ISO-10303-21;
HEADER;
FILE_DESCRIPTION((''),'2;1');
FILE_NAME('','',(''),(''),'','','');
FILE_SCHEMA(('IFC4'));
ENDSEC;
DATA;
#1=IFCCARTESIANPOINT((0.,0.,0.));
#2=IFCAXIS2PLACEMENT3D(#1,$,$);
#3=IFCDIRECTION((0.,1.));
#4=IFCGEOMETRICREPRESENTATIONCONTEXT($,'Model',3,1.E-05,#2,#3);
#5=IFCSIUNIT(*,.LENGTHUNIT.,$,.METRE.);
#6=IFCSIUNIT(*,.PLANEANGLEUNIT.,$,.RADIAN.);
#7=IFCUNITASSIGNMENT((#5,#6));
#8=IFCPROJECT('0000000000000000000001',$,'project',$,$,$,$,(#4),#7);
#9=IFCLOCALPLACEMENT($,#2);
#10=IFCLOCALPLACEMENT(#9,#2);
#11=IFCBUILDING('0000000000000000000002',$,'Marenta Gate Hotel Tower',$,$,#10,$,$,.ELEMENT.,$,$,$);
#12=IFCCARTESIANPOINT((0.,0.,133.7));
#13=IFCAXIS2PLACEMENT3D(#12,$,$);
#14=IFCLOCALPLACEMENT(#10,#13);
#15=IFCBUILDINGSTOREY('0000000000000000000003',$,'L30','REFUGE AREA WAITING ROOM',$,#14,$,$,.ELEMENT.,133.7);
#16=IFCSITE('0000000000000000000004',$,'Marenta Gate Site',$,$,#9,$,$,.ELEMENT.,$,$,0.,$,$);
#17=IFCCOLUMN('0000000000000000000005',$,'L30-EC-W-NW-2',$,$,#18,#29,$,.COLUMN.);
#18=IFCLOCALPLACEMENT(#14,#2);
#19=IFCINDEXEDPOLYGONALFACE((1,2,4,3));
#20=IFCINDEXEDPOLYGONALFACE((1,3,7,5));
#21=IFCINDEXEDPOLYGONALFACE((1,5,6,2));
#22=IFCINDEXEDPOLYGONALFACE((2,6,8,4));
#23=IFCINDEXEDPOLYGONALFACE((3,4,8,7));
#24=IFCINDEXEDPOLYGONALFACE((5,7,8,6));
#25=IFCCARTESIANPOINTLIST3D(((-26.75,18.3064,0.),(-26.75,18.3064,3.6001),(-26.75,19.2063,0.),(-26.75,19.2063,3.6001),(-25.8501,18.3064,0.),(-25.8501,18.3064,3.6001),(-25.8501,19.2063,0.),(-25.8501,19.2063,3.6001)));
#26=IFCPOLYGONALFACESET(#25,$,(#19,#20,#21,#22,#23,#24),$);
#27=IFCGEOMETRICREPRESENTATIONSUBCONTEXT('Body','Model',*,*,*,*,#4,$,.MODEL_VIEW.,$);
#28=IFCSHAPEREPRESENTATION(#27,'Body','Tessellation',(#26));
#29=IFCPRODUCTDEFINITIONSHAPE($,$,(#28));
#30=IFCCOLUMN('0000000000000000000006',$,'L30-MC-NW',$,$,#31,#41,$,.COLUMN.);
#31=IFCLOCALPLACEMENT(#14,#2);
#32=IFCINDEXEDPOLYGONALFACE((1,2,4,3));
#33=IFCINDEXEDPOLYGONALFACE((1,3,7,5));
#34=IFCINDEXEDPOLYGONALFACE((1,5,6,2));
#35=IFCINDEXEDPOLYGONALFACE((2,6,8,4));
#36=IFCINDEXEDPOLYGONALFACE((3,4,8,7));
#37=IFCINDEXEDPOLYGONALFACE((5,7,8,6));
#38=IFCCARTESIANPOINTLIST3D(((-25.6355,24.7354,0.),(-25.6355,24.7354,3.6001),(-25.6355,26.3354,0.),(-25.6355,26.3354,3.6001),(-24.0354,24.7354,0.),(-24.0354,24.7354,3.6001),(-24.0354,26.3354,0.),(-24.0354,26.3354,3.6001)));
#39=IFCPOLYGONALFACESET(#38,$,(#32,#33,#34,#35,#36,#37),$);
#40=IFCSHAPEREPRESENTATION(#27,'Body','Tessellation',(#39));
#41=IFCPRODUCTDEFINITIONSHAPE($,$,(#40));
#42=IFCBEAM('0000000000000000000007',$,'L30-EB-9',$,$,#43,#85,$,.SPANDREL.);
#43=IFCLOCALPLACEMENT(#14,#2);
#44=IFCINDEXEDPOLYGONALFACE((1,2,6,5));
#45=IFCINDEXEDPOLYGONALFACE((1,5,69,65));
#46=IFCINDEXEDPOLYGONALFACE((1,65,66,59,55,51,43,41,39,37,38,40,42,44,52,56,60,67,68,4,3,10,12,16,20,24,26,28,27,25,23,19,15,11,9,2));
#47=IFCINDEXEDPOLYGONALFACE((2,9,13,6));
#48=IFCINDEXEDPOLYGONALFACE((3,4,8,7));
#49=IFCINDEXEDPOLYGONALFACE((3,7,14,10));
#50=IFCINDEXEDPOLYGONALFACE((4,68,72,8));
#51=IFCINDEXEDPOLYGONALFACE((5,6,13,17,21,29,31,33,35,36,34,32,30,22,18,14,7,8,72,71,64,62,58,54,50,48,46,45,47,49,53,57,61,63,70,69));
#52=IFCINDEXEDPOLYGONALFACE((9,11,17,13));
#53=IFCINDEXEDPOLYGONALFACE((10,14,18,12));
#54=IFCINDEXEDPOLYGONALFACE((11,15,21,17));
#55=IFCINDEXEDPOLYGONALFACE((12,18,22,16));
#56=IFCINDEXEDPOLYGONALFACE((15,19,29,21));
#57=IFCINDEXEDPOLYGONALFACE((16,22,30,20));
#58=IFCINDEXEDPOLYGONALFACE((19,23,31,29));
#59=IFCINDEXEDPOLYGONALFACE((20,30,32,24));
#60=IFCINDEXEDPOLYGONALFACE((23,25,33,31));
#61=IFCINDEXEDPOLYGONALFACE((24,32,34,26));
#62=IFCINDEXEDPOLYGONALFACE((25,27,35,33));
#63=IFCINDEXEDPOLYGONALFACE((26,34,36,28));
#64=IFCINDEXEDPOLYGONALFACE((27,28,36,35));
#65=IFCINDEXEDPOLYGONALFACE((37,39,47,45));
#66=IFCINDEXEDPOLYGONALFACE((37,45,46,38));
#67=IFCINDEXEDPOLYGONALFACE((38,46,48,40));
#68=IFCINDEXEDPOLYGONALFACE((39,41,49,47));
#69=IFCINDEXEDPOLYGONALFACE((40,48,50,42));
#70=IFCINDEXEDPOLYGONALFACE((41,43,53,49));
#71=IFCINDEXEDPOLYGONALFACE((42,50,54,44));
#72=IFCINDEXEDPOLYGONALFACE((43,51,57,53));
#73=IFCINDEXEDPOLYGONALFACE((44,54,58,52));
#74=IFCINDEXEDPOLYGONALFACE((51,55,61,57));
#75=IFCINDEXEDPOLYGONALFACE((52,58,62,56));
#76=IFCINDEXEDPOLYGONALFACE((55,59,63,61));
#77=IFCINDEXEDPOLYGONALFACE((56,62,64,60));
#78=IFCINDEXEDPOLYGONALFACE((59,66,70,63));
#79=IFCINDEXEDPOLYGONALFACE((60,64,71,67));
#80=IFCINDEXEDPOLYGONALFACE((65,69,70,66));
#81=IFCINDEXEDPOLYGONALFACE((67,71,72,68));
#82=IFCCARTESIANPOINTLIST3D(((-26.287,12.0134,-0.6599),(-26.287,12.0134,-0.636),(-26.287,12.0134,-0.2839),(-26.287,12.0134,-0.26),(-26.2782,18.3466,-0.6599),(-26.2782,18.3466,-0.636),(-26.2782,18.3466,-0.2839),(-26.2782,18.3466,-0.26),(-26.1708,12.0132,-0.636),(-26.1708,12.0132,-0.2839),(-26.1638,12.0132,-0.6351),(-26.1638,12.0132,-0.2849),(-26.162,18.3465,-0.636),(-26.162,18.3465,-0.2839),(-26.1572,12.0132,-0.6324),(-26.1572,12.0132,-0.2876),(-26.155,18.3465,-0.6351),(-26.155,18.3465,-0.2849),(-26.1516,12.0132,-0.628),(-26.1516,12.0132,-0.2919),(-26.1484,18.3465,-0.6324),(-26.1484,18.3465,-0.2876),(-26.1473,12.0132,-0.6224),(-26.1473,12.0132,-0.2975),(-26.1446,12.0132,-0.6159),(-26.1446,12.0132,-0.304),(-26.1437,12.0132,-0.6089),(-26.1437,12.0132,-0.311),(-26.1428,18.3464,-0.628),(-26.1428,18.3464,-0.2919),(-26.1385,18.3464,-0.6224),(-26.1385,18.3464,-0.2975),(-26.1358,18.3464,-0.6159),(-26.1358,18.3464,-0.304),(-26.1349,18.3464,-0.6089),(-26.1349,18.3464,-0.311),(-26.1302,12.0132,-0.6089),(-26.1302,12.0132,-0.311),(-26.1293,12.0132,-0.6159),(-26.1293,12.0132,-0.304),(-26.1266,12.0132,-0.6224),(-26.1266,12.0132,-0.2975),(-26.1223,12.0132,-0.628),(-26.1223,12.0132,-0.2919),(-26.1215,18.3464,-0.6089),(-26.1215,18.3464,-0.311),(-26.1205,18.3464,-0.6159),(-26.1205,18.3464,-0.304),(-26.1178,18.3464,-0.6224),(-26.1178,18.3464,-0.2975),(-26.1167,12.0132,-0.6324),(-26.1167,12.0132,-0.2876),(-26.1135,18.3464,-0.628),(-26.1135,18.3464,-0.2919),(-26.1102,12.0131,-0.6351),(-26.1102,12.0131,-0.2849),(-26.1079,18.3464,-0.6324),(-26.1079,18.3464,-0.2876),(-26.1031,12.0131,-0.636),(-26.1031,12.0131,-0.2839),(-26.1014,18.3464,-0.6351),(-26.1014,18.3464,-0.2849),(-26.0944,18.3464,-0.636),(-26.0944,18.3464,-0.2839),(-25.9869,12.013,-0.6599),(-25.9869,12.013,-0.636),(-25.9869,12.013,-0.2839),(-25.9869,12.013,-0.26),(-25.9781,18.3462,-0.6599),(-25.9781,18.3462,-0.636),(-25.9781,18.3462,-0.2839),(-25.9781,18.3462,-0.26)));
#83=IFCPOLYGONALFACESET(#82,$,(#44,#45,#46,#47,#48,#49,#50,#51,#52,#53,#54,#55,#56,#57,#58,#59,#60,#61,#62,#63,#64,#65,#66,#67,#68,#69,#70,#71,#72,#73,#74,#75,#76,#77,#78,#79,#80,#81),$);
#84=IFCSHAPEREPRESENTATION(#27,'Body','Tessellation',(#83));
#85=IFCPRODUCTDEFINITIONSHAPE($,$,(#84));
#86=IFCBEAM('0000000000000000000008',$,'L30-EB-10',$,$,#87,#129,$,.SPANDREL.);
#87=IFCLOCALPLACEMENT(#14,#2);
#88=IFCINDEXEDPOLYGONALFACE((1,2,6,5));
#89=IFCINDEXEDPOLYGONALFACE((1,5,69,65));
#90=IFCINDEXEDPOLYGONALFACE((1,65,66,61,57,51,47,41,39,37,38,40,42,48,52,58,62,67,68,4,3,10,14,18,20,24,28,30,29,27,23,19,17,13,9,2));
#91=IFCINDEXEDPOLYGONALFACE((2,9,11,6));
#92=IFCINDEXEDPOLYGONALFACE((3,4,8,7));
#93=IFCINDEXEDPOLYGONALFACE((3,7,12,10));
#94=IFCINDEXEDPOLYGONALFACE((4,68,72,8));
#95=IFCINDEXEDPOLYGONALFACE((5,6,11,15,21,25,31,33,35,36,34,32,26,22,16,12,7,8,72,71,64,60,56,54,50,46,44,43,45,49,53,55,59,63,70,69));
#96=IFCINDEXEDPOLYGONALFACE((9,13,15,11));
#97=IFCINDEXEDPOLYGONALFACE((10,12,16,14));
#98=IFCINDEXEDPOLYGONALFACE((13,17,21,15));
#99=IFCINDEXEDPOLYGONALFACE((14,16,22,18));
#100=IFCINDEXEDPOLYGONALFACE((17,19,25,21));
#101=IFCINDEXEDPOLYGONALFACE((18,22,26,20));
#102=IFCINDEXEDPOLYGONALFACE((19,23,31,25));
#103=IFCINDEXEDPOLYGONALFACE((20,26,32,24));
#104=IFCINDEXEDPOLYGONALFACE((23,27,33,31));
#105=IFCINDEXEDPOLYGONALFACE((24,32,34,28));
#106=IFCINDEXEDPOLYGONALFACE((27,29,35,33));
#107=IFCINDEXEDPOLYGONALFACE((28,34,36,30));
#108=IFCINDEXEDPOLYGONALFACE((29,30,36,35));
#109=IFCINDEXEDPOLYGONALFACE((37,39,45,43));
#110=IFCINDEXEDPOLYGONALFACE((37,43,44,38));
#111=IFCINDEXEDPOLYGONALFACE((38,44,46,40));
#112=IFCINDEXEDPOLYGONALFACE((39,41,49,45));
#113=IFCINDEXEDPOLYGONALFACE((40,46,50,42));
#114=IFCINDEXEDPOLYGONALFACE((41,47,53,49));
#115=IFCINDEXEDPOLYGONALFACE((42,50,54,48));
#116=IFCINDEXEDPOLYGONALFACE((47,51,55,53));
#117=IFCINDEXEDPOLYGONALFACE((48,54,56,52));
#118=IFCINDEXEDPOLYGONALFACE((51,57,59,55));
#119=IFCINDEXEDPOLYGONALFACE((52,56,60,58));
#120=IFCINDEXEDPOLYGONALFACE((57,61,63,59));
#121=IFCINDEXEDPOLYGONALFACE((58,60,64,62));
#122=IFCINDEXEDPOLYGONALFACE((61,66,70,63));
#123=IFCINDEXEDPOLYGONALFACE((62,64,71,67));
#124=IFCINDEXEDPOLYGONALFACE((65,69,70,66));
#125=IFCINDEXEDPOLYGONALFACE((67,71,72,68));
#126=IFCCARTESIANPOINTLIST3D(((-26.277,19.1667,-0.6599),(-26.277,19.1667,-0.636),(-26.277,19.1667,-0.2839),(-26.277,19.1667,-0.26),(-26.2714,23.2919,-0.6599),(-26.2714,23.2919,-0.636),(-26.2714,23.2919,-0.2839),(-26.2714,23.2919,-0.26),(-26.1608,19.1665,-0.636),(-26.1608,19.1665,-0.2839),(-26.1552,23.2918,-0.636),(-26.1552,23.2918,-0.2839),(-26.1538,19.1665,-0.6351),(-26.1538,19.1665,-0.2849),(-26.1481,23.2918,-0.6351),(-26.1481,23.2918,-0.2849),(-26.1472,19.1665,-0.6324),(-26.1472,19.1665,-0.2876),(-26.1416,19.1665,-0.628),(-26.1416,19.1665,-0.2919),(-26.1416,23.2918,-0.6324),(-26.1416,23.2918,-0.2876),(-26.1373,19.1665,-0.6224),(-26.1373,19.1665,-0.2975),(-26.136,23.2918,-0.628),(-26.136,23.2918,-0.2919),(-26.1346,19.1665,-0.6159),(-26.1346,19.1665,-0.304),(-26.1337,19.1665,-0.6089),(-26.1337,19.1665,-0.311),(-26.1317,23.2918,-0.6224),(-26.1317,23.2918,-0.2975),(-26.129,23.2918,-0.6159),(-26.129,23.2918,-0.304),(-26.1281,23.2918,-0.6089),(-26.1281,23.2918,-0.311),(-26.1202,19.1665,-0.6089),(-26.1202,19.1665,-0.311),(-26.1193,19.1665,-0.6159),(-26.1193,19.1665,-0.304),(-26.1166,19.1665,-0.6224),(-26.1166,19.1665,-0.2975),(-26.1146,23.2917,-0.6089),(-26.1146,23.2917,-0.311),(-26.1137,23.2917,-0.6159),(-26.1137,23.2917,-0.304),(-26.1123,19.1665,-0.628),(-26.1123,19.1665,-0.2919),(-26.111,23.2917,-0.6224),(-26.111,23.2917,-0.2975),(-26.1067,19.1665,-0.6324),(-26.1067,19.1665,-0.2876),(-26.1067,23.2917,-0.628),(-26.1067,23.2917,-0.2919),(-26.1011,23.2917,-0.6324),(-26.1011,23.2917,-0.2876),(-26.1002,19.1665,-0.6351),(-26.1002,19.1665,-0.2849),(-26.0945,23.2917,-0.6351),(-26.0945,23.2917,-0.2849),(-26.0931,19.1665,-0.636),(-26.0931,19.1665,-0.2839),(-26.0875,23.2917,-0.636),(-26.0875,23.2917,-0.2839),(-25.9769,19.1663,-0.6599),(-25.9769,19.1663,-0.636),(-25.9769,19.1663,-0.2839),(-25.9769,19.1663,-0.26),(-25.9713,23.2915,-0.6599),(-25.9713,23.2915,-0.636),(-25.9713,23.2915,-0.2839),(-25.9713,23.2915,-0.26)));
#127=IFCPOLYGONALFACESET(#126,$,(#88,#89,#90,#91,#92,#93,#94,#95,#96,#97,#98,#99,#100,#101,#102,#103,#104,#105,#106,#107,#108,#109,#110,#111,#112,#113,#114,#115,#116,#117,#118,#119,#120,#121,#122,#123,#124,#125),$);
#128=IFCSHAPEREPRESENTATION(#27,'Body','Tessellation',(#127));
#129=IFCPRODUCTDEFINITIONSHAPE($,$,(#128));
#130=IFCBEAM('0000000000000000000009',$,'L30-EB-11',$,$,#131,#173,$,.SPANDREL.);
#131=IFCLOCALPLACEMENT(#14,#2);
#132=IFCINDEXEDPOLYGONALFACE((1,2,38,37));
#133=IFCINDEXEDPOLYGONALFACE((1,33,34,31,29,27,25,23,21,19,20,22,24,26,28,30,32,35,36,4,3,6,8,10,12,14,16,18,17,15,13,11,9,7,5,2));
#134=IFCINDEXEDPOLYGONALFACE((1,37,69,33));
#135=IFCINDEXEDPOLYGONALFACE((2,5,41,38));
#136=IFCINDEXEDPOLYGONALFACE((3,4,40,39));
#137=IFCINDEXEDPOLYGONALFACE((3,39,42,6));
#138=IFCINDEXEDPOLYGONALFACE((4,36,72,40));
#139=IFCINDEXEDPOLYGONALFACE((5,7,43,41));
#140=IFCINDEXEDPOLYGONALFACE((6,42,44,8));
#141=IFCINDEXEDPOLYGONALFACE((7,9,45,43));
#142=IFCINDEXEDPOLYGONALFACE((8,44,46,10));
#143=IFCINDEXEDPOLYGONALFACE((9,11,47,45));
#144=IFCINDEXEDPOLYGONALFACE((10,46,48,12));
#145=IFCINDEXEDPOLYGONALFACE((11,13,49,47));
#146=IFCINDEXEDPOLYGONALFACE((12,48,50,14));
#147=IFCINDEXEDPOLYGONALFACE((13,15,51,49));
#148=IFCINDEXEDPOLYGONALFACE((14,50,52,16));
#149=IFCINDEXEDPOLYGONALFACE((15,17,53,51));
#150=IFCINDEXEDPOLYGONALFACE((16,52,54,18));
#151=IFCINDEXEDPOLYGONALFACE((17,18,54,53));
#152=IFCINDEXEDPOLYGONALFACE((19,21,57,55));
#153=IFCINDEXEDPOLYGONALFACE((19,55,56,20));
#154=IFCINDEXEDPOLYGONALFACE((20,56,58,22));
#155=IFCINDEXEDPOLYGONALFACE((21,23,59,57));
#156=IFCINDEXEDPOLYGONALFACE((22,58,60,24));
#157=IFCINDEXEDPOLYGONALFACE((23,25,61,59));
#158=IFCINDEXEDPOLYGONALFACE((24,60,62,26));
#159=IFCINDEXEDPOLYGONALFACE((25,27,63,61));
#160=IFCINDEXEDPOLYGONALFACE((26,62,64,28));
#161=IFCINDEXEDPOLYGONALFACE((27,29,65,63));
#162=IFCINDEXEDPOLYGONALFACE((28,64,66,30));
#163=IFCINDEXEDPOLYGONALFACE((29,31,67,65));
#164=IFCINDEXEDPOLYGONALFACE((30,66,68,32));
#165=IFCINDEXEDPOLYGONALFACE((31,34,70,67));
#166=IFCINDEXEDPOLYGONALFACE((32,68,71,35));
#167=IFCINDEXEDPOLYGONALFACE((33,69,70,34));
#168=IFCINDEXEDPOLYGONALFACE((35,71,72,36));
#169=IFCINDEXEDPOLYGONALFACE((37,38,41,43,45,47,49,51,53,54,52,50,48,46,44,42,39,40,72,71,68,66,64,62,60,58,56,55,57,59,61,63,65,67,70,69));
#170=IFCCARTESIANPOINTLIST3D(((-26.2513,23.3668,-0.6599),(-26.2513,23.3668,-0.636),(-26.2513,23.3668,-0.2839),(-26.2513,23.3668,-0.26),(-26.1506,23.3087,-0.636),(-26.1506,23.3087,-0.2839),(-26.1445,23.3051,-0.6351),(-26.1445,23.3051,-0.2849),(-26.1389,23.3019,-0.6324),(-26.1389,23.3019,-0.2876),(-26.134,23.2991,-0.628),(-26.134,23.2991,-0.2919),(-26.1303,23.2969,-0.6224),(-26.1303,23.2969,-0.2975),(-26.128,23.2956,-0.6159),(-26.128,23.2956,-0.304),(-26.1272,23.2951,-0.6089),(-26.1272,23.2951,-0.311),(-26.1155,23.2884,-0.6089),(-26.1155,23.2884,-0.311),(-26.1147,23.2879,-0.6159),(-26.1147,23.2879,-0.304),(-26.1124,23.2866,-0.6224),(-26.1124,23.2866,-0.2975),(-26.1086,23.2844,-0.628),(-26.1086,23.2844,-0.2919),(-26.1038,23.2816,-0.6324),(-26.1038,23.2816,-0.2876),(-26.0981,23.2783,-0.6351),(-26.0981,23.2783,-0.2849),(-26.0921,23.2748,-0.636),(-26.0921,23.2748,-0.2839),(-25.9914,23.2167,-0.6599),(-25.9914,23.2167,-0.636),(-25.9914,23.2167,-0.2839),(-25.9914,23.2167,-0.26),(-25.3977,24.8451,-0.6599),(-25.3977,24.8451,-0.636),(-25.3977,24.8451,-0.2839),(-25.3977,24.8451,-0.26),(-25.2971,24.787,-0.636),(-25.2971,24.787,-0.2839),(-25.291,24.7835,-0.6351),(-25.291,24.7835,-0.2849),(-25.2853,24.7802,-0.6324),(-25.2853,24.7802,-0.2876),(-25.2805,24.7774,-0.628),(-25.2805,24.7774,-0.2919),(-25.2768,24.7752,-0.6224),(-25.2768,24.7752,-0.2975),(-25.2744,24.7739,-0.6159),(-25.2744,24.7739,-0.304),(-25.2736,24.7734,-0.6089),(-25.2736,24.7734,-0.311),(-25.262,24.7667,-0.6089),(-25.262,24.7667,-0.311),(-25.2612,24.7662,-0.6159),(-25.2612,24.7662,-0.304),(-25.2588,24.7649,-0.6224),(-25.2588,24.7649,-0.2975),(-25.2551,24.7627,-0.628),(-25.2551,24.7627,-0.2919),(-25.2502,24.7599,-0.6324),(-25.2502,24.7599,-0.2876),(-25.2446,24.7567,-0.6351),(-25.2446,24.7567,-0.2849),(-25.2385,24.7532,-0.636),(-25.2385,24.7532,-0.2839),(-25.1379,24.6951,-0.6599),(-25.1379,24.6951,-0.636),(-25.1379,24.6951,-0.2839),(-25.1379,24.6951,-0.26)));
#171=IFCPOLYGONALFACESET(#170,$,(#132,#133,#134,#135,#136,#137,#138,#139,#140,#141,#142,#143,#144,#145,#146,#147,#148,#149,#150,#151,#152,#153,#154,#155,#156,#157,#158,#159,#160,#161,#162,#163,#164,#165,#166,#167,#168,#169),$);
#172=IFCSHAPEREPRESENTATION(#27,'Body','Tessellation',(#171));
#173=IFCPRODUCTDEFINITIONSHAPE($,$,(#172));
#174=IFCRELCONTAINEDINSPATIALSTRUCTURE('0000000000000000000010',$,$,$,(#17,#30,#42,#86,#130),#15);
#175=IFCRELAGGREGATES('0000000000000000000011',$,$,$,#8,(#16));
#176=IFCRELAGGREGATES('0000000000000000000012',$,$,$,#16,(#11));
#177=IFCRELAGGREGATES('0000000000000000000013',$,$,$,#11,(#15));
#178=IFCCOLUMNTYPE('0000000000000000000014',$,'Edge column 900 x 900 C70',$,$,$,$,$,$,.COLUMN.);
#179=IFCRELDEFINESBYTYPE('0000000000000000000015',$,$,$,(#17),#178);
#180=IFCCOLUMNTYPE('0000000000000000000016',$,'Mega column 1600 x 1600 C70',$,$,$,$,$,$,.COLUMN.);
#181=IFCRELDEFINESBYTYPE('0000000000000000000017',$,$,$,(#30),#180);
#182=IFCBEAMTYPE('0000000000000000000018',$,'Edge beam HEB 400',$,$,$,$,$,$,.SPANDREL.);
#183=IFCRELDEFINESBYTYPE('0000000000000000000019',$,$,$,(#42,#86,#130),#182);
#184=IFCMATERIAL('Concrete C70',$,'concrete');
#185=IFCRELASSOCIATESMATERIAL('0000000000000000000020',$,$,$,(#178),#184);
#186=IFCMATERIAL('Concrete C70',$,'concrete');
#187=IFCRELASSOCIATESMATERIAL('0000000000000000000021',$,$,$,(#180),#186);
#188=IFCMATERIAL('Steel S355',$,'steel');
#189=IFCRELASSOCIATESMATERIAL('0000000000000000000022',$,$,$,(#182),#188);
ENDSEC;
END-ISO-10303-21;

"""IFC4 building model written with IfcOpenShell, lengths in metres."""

from ifc_helpers import new_model, si_unit, direction, frame, origin, origin_2d, place, context, subcontext, project, spatial, rectangle, i_section, extrude, material, material_profile, profile_set, type_object, element, save


model = new_model("IFC4")

# Units and contexts
model_context = context("Model", 3, precision=1e-05, world=origin(), true_north=direction((0.0, 1.0)))
body_context = subcontext(model_context, "Body", "Model", "MODEL_VIEW")
ifc_project = project(units=[si_unit("LENGTHUNIT", "METRE"), si_unit("PLANEANGLEUNIT", "RADIAN")], contexts=[model_context])

# Site, building, storey
site_placement = place(None, origin())
site = spatial("IfcSite", under=ifc_project, at=site_placement, Name="Marenta Gate Site", CompositionType="ELEMENT", RefElevation=0.0)
building_placement = place(site_placement, origin())
building = spatial("IfcBuilding", under=site, at=building_placement, Name="Marenta Gate Hotel Tower", CompositionType="ELEMENT")
storey_placement = place(building_placement, frame((0.0, 0.0, 133.7)))
storey = spatial("IfcBuildingStorey", under=building, at=storey_placement, Name="L30", Description="REFUGE AREA WAITING ROOM", CompositionType="ELEMENT", Elevation=133.7)

# Columns
ifc_material_1 = material(Name="Concrete C70", Category="concrete")
ifc_material_profile_1 = material_profile(ifc_material_1, rectangle(XDim=0.8999, YDim=0.8999, at=origin_2d()), Name="900 x 900")
ifc_profile_set_1 = profile_set([ifc_material_profile_1], Name="Concrete C70")
column_type_1 = type_object("IfcColumnType", Name="Edge column 900 x 900 C70", PredefinedType="COLUMN", material=ifc_profile_set_1)
column_1_placement = place(storey_placement, frame((-26.3, 18.7563, 0.0), z_axis=(0.0, 0.0, 1.0), x_axis=(1.0, 0.0, 0.0)))
element("IfcColumn", 1, at=column_1_placement, inside=storey, type_object=column_type_1, Name="L30-EC-W-NW-2", PredefinedType="COLUMN", context=body_context, shape_type="SweptSolid", body=[
    extrude(rectangle(XDim=0.8999, YDim=0.8999, at=origin_2d()), origin(), (0.0, 0.0, 1.0), 3.6001),
])
ifc_material_2 = material(Name="Concrete C70", Category="concrete")
ifc_material_profile_2 = material_profile(ifc_material_2, rectangle(XDim=1.6001, YDim=1.6001, at=origin_2d()), Name="1600 x 1600")
ifc_profile_set_2 = profile_set([ifc_material_profile_2], Name="Concrete C70")
column_type_2 = type_object("IfcColumnType", Name="Mega column 1600 x 1600 C70", PredefinedType="COLUMN", material=ifc_profile_set_2)
column_2_placement = place(storey_placement, frame((-24.8354, 25.5354, 0.0), z_axis=(0.0, 0.0, 1.0), x_axis=(1.0, 0.0, 0.0)))
element("IfcColumn", 2, at=column_2_placement, inside=storey, type_object=column_type_2, Name="L30-MC-NW", PredefinedType="COLUMN", context=body_context, shape_type="SweptSolid", body=[
    extrude(rectangle(XDim=1.6001, YDim=1.6001, at=origin_2d()), origin(), (0.0, 0.0, 1.0), 3.6001),
])

# Beams
ifc_material_3 = material(Name="Steel S355", Category="steel")
ifc_material_profile_3 = material_profile(ifc_material_3, i_section(OverallWidth=0.3, OverallDepth=0.3999, WebThickness=0.0134, FlangeThickness=0.0239, FilletRadius=0.0271, at=origin_2d()), Name="HEB 400")
ifc_profile_set_3 = profile_set([ifc_material_profile_3], Name="Steel S355")
beam_type_1 = type_object("IfcBeamType", Name="Edge beam HEB 400", PredefinedType="SPANDREL", material=ifc_profile_set_3)
beam_1_placement = place(storey_placement, frame((-26.137, 12.0132, -0.46), z_axis=(0.001388, 0.999999, 0.0), x_axis=(-0.999999, 0.001388, 0.0)))
element("IfcBeam", 3, at=beam_1_placement, inside=storey, type_object=beam_type_1, Name="L30-EB-9", PredefinedType="SPANDREL", context=body_context, shape_type="SweptSolid", body=[
    extrude(i_section(OverallWidth=0.3, OverallDepth=0.3999, WebThickness=0.0134, FlangeThickness=0.0239, FilletRadius=0.0271, at=origin_2d()), origin(), (0.0, 0.0, 1.0), 6.3333),
])
beam_2_placement = place(storey_placement, frame((-26.127, 19.1665, -0.46), z_axis=(0.001361, 0.999999, 0.0), x_axis=(-0.999999, 0.001361, 0.0)))
element("IfcBeam", 4, at=beam_2_placement, inside=storey, type_object=beam_type_1, Name="L30-EB-10", PredefinedType="SPANDREL", context=body_context, shape_type="SweptSolid", body=[
    extrude(i_section(OverallWidth=0.3, OverallDepth=0.3999, WebThickness=0.0134, FlangeThickness=0.0239, FilletRadius=0.0271, at=origin_2d()), origin(), (0.0, 0.0, 1.0), 4.1252),
])
beam_3_placement = place(storey_placement, frame((-26.1213, 23.2917, -0.46), z_axis=(0.500015, 0.866016, 0.0), x_axis=(-0.866016, 0.500015, 0.0)))
element("IfcBeam", 5, at=beam_3_placement, inside=storey, type_object=beam_type_1, Name="L30-EB-11", PredefinedType="SPANDREL", context=body_context, shape_type="SweptSolid", body=[
    extrude(i_section(OverallWidth=0.3, OverallDepth=0.3999, WebThickness=0.0134, FlangeThickness=0.0239, FilletRadius=0.0271, at=origin_2d()), origin(), (0.0, 0.0, 1.0), 1.707),
])

save(model, "model.ifc")
